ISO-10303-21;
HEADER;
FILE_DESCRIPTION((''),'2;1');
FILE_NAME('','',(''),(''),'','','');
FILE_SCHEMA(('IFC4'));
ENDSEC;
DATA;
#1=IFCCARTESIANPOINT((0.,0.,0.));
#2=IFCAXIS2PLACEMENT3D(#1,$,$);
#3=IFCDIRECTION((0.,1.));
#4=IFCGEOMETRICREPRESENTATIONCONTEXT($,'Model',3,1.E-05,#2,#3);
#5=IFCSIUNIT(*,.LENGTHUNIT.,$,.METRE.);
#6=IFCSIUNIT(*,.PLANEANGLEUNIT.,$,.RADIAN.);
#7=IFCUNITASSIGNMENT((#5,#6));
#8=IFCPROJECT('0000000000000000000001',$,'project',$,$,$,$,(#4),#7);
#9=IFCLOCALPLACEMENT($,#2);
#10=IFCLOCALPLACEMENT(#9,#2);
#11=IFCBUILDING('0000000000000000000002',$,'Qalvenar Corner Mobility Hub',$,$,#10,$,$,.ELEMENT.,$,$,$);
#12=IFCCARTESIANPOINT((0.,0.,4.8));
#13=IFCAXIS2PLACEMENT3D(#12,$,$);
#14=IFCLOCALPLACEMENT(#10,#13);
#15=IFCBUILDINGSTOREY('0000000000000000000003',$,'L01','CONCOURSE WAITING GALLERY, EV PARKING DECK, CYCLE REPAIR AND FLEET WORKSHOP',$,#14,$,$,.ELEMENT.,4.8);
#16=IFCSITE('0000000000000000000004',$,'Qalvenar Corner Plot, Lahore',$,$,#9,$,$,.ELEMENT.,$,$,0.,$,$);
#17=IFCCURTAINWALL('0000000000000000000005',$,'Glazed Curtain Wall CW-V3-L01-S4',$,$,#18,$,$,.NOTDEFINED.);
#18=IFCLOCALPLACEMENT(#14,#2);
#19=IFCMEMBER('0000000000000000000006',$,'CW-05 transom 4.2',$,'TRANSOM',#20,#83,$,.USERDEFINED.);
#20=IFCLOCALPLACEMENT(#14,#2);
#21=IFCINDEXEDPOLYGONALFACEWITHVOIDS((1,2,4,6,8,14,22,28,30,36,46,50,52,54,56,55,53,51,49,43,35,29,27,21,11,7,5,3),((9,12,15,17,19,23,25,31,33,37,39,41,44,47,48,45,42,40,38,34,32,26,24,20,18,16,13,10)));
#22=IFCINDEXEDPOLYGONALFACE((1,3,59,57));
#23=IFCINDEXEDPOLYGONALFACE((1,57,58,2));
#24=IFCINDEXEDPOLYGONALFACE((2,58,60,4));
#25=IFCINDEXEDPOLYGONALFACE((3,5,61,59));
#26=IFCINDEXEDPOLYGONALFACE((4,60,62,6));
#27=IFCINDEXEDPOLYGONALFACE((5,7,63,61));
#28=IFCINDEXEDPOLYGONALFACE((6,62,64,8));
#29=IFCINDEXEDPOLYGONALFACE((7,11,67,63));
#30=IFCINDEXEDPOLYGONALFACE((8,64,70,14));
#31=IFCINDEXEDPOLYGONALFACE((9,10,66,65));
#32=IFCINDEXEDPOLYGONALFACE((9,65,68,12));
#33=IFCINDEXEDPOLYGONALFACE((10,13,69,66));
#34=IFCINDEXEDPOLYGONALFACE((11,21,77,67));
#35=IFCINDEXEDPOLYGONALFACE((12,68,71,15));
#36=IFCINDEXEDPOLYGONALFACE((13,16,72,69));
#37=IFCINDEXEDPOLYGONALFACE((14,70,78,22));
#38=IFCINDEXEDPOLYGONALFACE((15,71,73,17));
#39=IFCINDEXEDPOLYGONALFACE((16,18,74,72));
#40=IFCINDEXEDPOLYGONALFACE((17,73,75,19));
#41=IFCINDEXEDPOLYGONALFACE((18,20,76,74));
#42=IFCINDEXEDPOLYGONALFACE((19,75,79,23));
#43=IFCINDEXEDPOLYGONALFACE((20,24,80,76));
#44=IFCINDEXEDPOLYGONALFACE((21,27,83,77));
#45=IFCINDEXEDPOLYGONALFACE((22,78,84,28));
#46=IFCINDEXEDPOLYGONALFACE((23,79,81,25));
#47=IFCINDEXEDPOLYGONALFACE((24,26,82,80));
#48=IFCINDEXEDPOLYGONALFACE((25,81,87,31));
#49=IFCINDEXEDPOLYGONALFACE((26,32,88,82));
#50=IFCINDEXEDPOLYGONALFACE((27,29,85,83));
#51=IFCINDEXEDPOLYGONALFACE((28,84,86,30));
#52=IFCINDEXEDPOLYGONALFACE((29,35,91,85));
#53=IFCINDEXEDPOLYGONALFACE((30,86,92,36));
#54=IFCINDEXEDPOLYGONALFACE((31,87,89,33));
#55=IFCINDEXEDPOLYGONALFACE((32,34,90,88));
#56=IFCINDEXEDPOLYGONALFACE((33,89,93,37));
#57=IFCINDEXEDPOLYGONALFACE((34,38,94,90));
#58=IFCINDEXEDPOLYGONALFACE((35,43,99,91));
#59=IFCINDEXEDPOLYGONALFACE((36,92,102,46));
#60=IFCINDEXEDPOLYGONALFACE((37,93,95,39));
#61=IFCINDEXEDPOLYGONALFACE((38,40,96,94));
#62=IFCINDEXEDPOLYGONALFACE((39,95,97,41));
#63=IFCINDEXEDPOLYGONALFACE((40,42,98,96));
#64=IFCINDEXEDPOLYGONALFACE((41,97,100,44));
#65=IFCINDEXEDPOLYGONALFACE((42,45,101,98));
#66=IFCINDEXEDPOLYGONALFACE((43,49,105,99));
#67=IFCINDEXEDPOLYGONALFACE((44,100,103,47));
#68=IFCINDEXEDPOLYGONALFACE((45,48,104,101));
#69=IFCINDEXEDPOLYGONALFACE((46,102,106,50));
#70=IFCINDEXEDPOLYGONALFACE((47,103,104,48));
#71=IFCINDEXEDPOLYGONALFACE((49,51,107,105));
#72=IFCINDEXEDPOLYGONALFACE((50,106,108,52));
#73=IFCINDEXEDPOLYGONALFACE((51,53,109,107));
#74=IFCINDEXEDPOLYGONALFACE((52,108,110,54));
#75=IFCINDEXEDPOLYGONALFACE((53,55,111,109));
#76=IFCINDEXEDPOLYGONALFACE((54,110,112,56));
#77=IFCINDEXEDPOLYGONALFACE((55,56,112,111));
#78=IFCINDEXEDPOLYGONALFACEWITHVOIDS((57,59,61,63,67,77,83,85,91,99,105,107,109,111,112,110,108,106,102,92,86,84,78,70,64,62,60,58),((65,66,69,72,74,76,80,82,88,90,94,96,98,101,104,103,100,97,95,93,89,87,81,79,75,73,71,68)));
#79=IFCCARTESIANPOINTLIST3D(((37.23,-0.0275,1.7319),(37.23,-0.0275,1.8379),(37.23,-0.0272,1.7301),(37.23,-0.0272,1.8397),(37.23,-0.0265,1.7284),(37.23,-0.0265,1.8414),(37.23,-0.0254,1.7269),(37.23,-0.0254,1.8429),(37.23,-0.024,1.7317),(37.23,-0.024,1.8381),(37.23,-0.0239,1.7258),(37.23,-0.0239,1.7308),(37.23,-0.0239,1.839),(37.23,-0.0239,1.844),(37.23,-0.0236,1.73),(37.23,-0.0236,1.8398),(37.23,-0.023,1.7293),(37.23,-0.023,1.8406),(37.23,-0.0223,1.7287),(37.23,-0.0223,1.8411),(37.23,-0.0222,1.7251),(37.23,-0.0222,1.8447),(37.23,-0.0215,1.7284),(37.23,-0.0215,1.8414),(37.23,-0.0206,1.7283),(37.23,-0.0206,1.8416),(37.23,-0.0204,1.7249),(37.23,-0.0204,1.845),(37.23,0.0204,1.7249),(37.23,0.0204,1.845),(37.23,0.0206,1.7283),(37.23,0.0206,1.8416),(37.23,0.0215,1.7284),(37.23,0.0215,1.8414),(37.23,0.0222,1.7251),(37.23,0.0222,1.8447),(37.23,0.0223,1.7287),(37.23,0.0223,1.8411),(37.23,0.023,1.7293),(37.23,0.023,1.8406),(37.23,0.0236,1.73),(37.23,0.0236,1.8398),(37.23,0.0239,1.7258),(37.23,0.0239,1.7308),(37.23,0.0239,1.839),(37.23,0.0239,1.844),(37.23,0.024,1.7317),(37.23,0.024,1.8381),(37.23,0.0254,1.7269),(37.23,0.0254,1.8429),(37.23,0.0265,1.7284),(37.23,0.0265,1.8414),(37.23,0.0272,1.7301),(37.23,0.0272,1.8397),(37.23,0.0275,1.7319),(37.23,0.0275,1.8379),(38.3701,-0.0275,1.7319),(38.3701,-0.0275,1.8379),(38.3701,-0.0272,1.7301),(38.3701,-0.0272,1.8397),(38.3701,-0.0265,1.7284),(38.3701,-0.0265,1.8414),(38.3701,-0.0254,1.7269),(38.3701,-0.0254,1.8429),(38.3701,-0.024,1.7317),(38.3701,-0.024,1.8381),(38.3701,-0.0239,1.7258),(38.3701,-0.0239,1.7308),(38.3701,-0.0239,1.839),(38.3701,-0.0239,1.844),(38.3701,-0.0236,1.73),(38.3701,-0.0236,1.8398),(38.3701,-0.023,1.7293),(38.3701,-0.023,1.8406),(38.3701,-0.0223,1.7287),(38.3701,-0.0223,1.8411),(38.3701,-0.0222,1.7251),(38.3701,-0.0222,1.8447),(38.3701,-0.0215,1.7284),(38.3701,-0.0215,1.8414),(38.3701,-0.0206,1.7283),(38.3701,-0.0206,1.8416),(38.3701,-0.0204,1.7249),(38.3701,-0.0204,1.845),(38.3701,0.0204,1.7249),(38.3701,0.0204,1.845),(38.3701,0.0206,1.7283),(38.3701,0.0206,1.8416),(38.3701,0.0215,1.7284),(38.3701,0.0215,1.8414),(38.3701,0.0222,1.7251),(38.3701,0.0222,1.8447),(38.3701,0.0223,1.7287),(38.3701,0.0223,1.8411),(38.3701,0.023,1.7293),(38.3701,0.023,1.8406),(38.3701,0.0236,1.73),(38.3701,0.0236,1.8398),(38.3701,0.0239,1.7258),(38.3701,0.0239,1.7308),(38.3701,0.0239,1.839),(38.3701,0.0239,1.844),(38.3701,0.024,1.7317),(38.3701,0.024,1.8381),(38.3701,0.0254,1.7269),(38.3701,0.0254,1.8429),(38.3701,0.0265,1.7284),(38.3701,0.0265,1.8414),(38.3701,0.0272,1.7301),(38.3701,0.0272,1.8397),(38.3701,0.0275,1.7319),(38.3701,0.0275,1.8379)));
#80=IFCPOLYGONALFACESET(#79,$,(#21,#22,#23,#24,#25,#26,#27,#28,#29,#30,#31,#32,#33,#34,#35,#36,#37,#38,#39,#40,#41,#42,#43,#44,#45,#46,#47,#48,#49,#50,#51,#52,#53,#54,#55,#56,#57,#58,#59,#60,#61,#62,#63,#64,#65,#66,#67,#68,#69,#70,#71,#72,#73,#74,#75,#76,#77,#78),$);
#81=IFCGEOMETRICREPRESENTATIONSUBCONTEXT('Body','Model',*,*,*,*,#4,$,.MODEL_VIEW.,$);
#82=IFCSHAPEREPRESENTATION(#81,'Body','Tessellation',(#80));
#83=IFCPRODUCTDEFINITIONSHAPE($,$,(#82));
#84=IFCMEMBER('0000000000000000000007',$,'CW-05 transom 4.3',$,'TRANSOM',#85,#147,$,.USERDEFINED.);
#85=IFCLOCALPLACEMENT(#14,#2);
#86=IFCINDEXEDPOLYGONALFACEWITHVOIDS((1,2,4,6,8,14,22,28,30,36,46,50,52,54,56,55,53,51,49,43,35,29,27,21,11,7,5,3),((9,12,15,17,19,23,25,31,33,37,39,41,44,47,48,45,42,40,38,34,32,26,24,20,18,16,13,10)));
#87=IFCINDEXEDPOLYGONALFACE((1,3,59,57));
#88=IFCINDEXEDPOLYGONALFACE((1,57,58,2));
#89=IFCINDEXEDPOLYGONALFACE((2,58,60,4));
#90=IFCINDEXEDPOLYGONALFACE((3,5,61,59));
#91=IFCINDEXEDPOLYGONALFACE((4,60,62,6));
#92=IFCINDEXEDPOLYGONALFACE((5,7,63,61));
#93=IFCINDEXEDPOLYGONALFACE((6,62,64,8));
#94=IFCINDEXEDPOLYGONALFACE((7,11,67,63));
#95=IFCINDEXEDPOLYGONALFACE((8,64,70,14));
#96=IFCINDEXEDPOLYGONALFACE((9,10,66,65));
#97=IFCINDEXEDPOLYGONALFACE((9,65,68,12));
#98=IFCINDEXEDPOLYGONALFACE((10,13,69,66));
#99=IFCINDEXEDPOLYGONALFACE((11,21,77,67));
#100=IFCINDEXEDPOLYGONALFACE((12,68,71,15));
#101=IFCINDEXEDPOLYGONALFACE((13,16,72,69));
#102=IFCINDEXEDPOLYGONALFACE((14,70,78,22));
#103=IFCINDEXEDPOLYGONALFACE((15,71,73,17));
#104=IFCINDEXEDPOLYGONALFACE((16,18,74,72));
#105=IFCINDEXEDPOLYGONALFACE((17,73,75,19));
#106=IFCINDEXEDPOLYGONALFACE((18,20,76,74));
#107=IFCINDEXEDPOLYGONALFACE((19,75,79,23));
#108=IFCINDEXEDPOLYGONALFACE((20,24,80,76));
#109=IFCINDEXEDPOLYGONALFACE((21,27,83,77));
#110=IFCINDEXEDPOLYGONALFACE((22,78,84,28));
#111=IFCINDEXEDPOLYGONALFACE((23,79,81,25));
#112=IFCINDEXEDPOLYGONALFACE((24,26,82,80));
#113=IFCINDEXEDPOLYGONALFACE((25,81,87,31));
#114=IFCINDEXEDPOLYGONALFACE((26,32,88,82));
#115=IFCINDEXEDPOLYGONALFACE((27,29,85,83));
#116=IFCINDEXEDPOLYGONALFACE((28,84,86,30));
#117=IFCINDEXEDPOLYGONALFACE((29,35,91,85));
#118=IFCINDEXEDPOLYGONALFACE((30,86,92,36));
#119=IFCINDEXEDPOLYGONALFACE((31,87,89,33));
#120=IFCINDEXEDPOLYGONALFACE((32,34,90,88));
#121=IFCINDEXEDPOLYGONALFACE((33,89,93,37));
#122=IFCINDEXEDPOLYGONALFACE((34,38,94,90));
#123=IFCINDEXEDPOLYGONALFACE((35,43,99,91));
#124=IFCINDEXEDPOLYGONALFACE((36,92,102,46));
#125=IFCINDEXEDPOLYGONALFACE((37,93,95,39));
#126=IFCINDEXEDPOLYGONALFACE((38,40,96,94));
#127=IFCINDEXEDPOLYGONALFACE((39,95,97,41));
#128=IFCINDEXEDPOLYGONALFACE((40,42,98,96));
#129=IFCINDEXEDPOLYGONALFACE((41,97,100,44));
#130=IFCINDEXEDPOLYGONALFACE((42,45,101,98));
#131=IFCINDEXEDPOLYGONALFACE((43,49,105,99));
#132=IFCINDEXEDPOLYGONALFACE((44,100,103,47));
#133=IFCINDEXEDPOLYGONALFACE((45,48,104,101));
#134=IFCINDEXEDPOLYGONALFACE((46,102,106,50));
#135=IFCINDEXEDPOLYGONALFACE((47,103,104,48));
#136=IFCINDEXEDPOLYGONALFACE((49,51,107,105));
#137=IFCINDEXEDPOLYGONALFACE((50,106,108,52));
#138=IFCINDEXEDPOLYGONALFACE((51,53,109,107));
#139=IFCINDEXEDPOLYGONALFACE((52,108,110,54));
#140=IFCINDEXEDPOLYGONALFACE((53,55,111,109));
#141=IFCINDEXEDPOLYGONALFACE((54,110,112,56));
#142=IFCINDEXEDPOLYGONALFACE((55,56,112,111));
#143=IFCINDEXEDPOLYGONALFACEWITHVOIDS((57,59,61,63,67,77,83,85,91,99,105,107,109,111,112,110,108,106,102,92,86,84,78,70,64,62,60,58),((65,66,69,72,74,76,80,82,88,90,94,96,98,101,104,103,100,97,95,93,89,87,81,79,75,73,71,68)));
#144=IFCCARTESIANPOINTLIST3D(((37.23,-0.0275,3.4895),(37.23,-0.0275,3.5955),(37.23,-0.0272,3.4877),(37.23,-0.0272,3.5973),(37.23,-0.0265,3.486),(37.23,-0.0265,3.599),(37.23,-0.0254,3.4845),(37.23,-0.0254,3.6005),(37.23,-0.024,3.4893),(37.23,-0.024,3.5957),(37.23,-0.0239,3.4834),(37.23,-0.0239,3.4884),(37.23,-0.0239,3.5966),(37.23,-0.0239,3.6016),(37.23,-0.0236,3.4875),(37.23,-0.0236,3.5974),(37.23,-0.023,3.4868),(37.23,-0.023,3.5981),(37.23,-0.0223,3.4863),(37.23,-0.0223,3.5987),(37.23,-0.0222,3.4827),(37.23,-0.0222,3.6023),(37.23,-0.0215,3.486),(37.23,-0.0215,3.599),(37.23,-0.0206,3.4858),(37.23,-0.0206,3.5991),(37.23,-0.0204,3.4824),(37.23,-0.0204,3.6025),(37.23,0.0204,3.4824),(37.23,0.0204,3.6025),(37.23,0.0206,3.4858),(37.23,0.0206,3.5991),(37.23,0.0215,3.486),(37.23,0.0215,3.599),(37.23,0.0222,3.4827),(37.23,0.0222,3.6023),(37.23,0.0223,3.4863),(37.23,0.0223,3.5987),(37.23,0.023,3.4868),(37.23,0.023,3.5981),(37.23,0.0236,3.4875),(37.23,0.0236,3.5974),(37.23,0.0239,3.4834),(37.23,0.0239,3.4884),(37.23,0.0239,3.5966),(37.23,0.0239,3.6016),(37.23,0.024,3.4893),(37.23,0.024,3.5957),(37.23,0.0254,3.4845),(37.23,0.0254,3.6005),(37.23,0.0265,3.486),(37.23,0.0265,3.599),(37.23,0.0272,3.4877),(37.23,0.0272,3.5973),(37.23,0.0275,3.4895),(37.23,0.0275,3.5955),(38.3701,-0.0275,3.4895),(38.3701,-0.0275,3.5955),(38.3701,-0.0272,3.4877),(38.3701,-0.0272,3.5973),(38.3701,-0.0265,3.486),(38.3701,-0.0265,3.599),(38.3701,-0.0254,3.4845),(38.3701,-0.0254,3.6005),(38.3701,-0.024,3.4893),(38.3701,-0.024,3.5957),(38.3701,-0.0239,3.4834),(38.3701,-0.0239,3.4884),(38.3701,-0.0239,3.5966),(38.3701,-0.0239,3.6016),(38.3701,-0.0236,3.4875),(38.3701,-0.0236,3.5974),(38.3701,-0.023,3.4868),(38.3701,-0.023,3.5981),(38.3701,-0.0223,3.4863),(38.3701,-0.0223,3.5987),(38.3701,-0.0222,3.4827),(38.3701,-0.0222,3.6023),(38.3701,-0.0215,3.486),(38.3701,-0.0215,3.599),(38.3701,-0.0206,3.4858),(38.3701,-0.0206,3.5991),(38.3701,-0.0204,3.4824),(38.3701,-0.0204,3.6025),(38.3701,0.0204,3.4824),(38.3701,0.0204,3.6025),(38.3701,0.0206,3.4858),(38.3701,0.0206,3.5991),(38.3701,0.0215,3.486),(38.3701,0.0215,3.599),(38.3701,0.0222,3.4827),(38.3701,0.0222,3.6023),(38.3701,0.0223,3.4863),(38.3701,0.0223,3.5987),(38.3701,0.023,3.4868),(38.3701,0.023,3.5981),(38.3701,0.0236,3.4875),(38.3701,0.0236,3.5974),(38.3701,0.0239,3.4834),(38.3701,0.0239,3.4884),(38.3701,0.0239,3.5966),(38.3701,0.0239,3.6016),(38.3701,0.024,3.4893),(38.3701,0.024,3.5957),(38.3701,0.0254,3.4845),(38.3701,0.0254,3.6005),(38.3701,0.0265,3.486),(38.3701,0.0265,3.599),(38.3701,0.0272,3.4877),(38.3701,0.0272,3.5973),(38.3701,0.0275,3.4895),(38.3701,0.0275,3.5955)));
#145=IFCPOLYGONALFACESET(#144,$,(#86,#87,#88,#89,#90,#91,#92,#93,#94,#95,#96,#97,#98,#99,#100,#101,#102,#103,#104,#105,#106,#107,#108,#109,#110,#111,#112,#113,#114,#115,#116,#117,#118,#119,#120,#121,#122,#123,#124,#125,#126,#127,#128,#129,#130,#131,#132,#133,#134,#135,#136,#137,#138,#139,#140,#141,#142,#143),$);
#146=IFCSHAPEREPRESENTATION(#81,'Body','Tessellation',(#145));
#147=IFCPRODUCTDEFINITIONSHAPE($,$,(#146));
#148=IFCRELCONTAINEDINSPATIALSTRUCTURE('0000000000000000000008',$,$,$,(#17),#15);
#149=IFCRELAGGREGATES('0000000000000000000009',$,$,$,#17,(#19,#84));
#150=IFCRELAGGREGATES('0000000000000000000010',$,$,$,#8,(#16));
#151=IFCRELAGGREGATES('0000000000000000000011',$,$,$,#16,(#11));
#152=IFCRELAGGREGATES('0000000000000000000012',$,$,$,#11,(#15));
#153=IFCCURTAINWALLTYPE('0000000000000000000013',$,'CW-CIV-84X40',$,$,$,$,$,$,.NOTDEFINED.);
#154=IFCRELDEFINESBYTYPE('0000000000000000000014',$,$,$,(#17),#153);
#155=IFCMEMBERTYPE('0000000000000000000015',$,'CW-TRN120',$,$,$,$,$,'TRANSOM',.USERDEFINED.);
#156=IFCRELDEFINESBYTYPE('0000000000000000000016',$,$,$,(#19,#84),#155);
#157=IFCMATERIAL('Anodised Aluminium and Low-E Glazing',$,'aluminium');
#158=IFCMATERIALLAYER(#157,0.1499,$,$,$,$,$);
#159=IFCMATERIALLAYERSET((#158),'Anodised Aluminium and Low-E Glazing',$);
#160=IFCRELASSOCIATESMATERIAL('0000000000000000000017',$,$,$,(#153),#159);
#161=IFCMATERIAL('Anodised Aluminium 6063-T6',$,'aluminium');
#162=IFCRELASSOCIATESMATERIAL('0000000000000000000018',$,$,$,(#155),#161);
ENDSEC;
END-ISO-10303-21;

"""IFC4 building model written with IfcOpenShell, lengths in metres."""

from ifc_helpers import new_model, si_unit, direction, frame, origin, origin_2d, place, context, subcontext, project, spatial, hollow_rectangle, extrude, material, layer, layer_set, material_profile, profile_set, type_object, element, aggregate, save


model = new_model("IFC4")

# Units and contexts
model_context = context("Model", 3, precision=1e-05, world=origin(), true_north=direction((0.0, 1.0)))
body_context = subcontext(model_context, "Body", "Model", "MODEL_VIEW")
ifc_project = project(units=[si_unit("LENGTHUNIT", "METRE"), si_unit("PLANEANGLEUNIT", "RADIAN")], contexts=[model_context])

# Site, building, storey
site_placement = place(None, origin())
site = spatial("IfcSite", under=ifc_project, at=site_placement, Name="Qalvenar Corner Plot, Lahore", CompositionType="ELEMENT", RefElevation=0.0)
building_placement = place(site_placement, origin())
building = spatial("IfcBuilding", under=site, at=building_placement, Name="Qalvenar Corner Mobility Hub", CompositionType="ELEMENT")
storey_placement = place(building_placement, frame((0.0, 0.0, 4.8)))
storey = spatial("IfcBuildingStorey", under=building, at=storey_placement, Name="L01", Description="CONCOURSE WAITING GALLERY, EV PARKING DECK, CYCLE REPAIR AND FLEET WORKSHOP", CompositionType="ELEMENT", Elevation=4.8)

# Curtain wall, members
ifc_material_1 = material(Name="Anodised Aluminium and Low-E Glazing", Category="aluminium")
ifc_layer_1 = layer(ifc_material_1, 0.1499)
ifc_layer_set_1 = layer_set([ifc_layer_1], Name="Anodised Aluminium and Low-E Glazing")
curtain_wall_type = type_object("IfcCurtainWallType", Name="CW-CIV-84X40", PredefinedType="NOTDEFINED", material=ifc_layer_set_1)
curtain_wall_placement = place(storey_placement, origin())
curtain_wall = element("IfcCurtainWall", 1, at=curtain_wall_placement, inside=storey, type_object=curtain_wall_type, Name="Glazed Curtain Wall CW-V3-L01-S4", PredefinedType="NOTDEFINED")
ifc_material_2 = material(Name="Anodised Aluminium 6063-T6", Category="aluminium")
ifc_material_profile_1 = material_profile(ifc_material_2, hollow_rectangle(XDim=0.0549, YDim=0.1201, WallThickness=0.0034, InnerFilletRadius=0.0034, OuterFilletRadius=0.0071, at=origin_2d()), Name="RHS120x55x3.5")
ifc_profile_set_1 = profile_set([ifc_material_profile_1], Name="Anodised Aluminium 6063-T6")
member_type_1 = type_object("IfcMemberType", Name="CW-TRN120", ElementType="TRANSOM", PredefinedType="USERDEFINED", material=ifc_profile_set_1)
member_1_placement = place(storey_placement, frame((37.23, 0.0, 1.7849), z_axis=(1.0, 0.0, 0.0), x_axis=(0.0, 1.0, 0.0)))
member_1 = element("IfcMember", 2, at=member_1_placement, type_object=member_type_1, Name="CW-05 transom 4.2", ObjectType="TRANSOM", PredefinedType="USERDEFINED", context=body_context, shape_type="SweptSolid", body=[
    extrude(hollow_rectangle(XDim=0.0549, YDim=0.1201, WallThickness=0.0034, InnerFilletRadius=0.0034, OuterFilletRadius=0.0071, at=origin_2d()), origin(), (0.0, 0.0, 1.0), 1.1401),
])
member_2_placement = place(storey_placement, frame((37.23, 0.0, 3.5425), z_axis=(1.0, 0.0, 0.0), x_axis=(0.0, 1.0, 0.0)))
member_2 = element("IfcMember", 3, at=member_2_placement, type_object=member_type_1, Name="CW-05 transom 4.3", ObjectType="TRANSOM", PredefinedType="USERDEFINED", context=body_context, shape_type="SweptSolid", body=[
    extrude(hollow_rectangle(XDim=0.0549, YDim=0.1201, WallThickness=0.0034, InnerFilletRadius=0.0034, OuterFilletRadius=0.0071, at=origin_2d()), origin(), (0.0, 0.0, 1.0), 1.1401),
])
aggregate(curtain_wall, [member_1, member_2])

save(model, "model.ifc")
